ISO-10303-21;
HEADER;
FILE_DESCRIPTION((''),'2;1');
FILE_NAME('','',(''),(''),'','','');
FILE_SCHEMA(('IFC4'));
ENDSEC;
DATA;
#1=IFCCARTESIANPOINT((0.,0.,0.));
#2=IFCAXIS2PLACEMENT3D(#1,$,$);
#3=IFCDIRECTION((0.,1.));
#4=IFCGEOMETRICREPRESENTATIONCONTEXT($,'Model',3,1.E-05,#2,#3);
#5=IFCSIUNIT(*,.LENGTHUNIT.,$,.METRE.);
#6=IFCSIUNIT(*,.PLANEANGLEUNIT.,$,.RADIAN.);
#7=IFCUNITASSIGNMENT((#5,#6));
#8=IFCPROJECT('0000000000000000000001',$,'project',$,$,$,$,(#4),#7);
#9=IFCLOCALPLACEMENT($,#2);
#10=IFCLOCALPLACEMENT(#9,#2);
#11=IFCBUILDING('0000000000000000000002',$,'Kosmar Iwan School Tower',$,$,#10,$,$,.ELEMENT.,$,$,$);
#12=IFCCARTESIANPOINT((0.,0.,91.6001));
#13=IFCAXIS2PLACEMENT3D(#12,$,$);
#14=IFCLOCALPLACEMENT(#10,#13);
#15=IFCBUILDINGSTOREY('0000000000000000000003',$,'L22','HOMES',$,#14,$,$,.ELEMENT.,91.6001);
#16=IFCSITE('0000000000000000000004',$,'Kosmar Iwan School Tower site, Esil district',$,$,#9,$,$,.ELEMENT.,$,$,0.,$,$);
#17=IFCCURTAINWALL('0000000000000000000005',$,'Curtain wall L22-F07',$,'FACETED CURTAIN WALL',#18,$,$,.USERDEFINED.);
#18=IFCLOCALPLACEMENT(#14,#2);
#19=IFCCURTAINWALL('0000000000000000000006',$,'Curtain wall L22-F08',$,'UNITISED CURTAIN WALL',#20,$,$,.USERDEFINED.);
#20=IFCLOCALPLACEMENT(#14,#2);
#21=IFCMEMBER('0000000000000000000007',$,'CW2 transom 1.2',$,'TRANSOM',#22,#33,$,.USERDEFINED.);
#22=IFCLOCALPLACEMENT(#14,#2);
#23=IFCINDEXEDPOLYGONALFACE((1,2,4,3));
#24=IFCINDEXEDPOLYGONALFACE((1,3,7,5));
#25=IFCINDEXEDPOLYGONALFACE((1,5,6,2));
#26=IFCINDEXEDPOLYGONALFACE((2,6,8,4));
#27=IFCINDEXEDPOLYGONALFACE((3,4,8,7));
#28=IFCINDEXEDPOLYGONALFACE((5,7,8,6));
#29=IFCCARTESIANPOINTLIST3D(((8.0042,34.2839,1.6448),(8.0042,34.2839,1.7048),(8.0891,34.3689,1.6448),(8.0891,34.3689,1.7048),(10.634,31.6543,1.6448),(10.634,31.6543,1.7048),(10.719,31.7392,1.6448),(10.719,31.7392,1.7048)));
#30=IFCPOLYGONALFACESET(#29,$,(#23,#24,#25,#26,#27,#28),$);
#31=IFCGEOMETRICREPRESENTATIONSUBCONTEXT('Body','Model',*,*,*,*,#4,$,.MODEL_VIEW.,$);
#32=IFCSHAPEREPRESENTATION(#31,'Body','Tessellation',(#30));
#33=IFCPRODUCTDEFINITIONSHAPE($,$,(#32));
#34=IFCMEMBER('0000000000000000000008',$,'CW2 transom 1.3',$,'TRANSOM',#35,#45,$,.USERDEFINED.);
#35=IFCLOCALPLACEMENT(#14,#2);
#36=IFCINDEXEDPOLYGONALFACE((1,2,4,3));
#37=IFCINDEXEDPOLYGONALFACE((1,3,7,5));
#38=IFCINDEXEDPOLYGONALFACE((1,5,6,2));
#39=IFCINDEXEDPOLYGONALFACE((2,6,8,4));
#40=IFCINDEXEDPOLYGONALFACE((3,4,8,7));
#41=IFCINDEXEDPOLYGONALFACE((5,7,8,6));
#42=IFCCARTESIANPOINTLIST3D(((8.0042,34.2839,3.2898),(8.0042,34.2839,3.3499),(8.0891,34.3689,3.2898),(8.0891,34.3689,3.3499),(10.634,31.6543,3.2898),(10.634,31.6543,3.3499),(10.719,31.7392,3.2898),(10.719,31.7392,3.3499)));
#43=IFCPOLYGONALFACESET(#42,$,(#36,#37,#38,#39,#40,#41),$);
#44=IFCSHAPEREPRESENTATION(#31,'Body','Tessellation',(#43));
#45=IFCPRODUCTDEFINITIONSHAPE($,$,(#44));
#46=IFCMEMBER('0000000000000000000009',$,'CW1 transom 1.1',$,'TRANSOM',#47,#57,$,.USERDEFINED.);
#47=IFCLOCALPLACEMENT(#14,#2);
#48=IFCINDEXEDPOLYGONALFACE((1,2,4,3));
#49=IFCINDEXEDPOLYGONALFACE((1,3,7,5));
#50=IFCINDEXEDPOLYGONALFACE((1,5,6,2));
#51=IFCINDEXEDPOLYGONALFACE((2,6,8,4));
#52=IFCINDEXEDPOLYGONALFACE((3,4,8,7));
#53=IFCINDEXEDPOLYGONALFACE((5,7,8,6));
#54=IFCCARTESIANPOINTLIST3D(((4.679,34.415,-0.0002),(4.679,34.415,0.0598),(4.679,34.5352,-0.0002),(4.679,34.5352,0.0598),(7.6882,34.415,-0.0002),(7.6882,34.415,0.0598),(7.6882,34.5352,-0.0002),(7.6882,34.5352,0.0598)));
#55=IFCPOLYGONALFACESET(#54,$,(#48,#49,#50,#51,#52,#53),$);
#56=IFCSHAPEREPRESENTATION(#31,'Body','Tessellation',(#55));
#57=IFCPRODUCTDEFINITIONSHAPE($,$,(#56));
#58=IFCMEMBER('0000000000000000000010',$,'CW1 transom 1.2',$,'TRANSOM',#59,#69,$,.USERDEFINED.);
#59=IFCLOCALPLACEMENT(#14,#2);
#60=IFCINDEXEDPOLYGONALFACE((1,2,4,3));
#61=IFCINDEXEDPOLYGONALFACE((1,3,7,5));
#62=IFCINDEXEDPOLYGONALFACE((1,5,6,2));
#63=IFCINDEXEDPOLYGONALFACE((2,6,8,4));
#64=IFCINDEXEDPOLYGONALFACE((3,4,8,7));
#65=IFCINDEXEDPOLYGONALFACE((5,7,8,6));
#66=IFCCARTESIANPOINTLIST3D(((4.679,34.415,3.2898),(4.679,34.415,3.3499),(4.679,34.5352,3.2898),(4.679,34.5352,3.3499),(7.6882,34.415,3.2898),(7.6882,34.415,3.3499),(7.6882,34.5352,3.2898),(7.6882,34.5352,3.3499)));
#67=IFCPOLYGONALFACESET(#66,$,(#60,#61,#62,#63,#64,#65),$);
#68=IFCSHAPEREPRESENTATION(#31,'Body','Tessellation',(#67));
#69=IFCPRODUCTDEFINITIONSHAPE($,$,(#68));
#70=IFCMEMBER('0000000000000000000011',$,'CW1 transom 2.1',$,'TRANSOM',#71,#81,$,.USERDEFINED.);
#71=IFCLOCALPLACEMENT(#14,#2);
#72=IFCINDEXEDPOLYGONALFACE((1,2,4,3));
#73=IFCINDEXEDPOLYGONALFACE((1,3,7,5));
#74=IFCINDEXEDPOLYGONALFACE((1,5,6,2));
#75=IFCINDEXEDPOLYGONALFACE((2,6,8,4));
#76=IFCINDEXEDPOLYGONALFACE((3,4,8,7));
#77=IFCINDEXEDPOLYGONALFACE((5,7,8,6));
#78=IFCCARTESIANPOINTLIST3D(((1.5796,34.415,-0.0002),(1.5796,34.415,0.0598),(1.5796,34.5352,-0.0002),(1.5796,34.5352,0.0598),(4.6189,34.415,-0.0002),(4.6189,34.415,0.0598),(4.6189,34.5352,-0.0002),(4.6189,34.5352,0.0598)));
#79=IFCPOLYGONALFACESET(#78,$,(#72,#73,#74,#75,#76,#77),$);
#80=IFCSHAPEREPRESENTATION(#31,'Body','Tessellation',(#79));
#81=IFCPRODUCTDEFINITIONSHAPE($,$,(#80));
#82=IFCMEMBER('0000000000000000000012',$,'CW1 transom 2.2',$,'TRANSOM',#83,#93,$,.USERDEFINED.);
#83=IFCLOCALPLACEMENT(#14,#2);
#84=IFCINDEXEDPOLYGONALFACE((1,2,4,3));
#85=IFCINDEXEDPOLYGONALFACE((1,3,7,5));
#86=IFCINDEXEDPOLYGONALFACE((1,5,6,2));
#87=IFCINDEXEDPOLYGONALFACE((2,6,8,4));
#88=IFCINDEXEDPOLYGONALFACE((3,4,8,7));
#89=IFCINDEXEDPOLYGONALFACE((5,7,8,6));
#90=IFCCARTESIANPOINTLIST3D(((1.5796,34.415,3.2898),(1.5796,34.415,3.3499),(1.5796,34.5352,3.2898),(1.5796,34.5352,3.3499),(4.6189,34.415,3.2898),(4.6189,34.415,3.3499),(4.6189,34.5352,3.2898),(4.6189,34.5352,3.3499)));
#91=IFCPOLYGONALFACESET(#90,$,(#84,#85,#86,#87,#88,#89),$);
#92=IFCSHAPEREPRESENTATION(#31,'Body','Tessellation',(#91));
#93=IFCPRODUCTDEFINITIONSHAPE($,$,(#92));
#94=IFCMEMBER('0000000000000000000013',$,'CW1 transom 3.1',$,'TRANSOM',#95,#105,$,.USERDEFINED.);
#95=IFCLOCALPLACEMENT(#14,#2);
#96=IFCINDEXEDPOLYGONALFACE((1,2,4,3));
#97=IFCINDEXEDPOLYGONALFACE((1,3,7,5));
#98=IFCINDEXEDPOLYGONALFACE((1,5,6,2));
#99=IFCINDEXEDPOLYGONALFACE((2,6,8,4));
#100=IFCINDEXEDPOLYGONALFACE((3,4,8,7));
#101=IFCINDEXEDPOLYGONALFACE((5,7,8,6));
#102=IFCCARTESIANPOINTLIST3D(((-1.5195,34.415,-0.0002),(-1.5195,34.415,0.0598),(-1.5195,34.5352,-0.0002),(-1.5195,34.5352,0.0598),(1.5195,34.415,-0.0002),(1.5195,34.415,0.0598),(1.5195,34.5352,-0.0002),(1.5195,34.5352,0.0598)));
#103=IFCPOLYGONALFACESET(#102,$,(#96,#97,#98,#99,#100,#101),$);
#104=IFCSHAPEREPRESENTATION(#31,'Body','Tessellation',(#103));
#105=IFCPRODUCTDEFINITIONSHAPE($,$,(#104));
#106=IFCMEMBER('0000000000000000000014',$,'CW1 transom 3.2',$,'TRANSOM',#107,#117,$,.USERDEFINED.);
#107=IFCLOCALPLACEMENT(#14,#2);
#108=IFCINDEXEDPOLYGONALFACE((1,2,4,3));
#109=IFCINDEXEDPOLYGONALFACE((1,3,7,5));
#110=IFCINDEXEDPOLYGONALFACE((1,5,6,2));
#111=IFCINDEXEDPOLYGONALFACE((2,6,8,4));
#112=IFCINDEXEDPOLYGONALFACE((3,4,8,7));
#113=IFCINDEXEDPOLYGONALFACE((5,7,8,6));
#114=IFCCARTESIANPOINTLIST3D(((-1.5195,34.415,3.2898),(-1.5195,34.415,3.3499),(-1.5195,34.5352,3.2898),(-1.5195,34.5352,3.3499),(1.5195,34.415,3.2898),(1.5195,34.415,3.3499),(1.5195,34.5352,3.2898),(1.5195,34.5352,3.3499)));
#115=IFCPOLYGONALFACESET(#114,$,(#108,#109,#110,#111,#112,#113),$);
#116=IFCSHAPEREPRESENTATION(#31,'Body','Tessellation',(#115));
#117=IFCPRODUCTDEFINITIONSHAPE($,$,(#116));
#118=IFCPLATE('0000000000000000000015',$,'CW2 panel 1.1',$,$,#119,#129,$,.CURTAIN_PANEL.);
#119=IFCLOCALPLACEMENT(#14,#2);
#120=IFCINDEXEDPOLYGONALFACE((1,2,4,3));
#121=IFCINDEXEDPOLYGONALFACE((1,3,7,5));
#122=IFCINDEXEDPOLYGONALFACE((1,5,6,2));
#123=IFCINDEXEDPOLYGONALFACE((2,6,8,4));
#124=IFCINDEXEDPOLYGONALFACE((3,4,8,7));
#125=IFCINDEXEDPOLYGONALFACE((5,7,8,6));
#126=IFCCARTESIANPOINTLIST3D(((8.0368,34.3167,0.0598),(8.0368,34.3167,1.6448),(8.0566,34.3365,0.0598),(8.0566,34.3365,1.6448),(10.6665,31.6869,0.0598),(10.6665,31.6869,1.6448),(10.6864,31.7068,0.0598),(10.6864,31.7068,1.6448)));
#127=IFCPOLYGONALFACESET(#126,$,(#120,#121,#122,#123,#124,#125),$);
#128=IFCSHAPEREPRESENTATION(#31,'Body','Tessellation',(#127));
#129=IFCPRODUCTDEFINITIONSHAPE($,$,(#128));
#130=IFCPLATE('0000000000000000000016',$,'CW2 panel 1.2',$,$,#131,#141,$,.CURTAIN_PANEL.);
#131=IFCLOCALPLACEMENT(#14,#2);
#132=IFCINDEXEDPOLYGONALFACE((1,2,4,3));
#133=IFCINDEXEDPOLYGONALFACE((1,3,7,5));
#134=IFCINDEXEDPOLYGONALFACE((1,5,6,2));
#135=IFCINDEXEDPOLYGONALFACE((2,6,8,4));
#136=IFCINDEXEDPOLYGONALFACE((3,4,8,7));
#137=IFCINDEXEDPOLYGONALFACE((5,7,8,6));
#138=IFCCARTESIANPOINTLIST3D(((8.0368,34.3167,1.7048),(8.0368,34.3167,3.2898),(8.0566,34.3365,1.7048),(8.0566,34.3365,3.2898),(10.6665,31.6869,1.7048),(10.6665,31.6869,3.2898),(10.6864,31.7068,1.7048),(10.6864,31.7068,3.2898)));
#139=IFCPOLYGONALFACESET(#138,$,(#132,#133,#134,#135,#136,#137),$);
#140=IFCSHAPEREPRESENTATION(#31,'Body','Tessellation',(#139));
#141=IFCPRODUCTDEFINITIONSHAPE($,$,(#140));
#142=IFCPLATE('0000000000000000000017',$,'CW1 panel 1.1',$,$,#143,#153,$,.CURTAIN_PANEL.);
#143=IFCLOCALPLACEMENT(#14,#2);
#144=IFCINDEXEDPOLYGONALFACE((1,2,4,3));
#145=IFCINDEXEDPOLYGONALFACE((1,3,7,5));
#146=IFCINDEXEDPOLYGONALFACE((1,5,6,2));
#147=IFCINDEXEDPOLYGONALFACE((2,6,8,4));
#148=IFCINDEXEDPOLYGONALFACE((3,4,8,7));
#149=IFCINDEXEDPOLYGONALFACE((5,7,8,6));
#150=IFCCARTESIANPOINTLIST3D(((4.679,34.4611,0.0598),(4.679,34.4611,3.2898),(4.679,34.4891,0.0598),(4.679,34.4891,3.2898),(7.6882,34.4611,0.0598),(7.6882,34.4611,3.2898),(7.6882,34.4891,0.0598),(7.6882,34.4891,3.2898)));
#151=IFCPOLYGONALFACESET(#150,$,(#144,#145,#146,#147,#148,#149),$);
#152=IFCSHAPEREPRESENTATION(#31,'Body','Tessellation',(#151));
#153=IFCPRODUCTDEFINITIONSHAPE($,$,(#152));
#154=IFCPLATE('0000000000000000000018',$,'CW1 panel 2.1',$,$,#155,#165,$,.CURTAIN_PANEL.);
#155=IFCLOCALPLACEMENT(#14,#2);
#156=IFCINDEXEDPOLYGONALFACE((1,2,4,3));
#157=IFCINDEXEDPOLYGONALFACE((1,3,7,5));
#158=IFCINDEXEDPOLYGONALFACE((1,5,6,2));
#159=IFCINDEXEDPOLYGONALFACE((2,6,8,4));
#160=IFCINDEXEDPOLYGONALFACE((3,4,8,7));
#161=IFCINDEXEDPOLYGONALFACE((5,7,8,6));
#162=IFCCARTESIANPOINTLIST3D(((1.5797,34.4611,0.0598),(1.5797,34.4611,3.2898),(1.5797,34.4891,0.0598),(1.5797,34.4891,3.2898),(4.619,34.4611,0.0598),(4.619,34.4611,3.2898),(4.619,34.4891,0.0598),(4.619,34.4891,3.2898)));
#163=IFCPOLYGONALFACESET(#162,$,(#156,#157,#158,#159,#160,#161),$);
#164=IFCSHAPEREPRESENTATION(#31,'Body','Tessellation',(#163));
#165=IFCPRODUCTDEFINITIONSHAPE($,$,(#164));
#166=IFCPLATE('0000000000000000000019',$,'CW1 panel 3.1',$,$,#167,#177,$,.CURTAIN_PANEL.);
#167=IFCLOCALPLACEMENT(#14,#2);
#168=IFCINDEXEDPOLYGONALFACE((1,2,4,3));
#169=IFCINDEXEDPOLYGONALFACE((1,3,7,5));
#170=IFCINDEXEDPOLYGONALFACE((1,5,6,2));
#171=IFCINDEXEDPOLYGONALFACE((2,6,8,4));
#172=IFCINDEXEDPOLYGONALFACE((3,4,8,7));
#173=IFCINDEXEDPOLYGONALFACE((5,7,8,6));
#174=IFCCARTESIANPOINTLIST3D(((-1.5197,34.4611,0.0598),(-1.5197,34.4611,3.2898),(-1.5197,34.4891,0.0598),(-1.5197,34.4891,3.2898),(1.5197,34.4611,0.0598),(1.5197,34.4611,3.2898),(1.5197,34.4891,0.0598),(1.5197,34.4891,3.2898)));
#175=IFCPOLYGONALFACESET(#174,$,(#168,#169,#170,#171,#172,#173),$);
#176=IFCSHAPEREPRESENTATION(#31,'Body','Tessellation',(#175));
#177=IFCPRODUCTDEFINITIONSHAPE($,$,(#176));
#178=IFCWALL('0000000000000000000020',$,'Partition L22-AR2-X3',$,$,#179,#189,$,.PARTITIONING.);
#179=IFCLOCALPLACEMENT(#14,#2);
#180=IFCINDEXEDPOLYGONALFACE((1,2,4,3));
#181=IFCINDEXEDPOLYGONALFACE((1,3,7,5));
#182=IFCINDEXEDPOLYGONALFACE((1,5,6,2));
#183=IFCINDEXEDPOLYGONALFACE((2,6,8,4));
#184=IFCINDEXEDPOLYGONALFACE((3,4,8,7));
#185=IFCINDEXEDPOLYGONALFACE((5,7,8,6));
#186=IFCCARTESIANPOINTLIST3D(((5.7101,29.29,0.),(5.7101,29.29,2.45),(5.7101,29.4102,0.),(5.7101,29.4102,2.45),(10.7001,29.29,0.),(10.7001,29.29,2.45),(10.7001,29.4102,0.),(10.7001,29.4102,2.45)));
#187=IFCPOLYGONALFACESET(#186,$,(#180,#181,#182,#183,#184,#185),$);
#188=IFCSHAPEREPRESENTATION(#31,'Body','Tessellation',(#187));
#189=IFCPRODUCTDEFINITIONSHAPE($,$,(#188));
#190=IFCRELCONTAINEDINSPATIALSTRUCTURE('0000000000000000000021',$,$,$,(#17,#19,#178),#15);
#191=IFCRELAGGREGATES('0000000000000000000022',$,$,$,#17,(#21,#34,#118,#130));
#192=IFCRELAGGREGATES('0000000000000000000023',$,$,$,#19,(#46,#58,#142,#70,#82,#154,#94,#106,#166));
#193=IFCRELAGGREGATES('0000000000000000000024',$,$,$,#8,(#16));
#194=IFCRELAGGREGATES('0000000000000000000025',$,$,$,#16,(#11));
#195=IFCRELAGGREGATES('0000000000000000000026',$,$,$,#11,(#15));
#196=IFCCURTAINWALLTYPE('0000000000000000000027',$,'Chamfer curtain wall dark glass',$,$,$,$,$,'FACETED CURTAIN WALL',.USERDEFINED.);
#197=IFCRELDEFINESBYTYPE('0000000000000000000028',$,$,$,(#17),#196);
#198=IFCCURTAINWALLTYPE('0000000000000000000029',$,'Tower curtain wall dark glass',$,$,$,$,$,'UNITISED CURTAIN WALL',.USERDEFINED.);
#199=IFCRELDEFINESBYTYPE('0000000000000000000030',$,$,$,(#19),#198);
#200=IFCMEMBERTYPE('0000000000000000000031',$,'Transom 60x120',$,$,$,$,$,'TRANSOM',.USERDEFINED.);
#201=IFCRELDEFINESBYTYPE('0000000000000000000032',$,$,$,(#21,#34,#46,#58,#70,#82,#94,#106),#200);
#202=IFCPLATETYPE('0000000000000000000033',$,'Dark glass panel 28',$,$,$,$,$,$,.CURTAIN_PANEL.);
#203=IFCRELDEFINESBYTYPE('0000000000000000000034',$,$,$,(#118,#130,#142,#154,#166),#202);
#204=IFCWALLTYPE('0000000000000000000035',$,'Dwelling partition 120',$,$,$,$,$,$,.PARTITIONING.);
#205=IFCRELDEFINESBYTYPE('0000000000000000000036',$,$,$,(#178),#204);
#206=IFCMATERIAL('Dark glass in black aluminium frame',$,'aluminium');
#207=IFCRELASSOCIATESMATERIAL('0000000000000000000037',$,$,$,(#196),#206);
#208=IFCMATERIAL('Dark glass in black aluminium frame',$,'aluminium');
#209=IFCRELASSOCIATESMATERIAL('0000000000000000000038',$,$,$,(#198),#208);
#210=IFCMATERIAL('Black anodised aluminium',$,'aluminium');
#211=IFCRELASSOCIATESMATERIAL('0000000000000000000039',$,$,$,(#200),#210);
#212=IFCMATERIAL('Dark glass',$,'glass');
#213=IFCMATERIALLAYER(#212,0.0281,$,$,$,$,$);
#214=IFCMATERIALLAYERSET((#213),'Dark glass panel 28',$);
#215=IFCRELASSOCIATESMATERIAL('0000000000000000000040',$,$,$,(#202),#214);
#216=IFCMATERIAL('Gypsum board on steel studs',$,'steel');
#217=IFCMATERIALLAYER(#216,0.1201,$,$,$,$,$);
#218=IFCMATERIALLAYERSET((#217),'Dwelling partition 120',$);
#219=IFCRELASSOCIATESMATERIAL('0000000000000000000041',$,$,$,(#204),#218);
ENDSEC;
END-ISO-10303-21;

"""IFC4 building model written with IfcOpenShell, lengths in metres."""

from ifc_helpers import new_model, si_unit, direction, frame, frame_2d, origin, origin_2d, place, context, subcontext, project, spatial, rectangle, extrude, material, layer, layer_set, material_profile, profile_set, type_object, element, aggregate, save


model = new_model("IFC4")

# Units and contexts
model_context = context("Model", 3, precision=1e-05, world=origin(), true_north=direction((0.0, 1.0)))
body_context = subcontext(model_context, "Body", "Model", "MODEL_VIEW")
ifc_project = project(units=[si_unit("LENGTHUNIT", "METRE"), si_unit("PLANEANGLEUNIT", "RADIAN")], contexts=[model_context])

# Site, building, storey
site_placement = place(None, origin())
site = spatial("IfcSite", under=ifc_project, at=site_placement, Name="Kosmar Iwan School Tower site, Esil district", CompositionType="ELEMENT", RefElevation=0.0)
building_placement = place(site_placement, origin())
building = spatial("IfcBuilding", under=site, at=building_placement, Name="Kosmar Iwan School Tower", CompositionType="ELEMENT")
storey_placement = place(building_placement, frame((0.0, 0.0, 91.6001)))
storey = spatial("IfcBuildingStorey", under=building, at=storey_placement, Name="L22", Description="HOMES", CompositionType="ELEMENT", Elevation=91.6001)

# Curtain walls
ifc_material_1 = material(Name="Dark glass in black aluminium frame", Category="aluminium")
curtain_wall_type_1 = type_object("IfcCurtainWallType", Name="Chamfer curtain wall dark glass", ElementType="FACETED CURTAIN WALL", PredefinedType="USERDEFINED", material=ifc_material_1)
curtain_wall_1_placement = place(storey_placement, origin())
curtain_wall_1 = element("IfcCurtainWall", 1, at=curtain_wall_1_placement, inside=storey, type_object=curtain_wall_type_1, Name="Curtain wall L22-F07", ObjectType="FACETED CURTAIN WALL", PredefinedType="USERDEFINED")
ifc_material_2 = material(Name="Dark glass in black aluminium frame", Category="aluminium")
curtain_wall_type_2 = type_object("IfcCurtainWallType", Name="Tower curtain wall dark glass", ElementType="UNITISED CURTAIN WALL", PredefinedType="USERDEFINED", material=ifc_material_2)
curtain_wall_2_placement = place(storey_placement, origin())
curtain_wall_2 = element("IfcCurtainWall", 2, at=curtain_wall_2_placement, inside=storey, type_object=curtain_wall_type_2, Name="Curtain wall L22-F08", ObjectType="UNITISED CURTAIN WALL", PredefinedType="USERDEFINED")

# Members
ifc_material_3 = material(Name="Black anodised aluminium", Category="aluminium")
ifc_material_profile_1 = material_profile(ifc_material_3, rectangle(XDim=0.1201, YDim=0.0601, at=origin_2d()), Name="TRANSOM 60x120")
ifc_profile_set_1 = profile_set([ifc_material_profile_1], Name="Black anodised aluminium")
member_type_1 = type_object("IfcMemberType", Name="Transom 60x120", ElementType="TRANSOM", PredefinedType="USERDEFINED", material=ifc_profile_set_1)
member_1_placement = place(storey_placement, frame((10.6765, 31.6968, 1.6748), z_axis=(-0.70714, 0.707074, 0.0), x_axis=(-0.707074, -0.70714, 0.0)))
member_1 = element("IfcMember", 3, at=member_1_placement, type_object=member_type_1, Name="CW2 transom 1.2", ObjectType="TRANSOM", PredefinedType="USERDEFINED", context=body_context, shape_type="SweptSolid", body=[
    extrude(rectangle(XDim=0.1201, YDim=0.0601, at=origin_2d()), origin(), (0.0, 0.0, 1.0), 3.719),
])
member_2_placement = place(storey_placement, frame((10.6765, 31.6968, 3.3198), z_axis=(-0.70714, 0.707074, 0.0), x_axis=(-0.707074, -0.70714, 0.0)))
member_2 = element("IfcMember", 4, at=member_2_placement, type_object=member_type_1, Name="CW2 transom 1.3", ObjectType="TRANSOM", PredefinedType="USERDEFINED", context=body_context, shape_type="SweptSolid", body=[
    extrude(rectangle(XDim=0.1201, YDim=0.0601, at=origin_2d()), origin(), (0.0, 0.0, 1.0), 3.719),
])
member_3_placement = place(storey_placement, frame((7.6882, 34.4751, 0.0298), z_axis=(-1.0, 0.0, 0.0), x_axis=(0.0, -1.0, 0.0)))
member_3 = element("IfcMember", 5, at=member_3_placement, type_object=member_type_1, Name="CW1 transom 1.1", ObjectType="TRANSOM", PredefinedType="USERDEFINED", context=body_context, shape_type="SweptSolid", body=[
    extrude(rectangle(XDim=0.1201, YDim=0.0601, at=origin_2d()), origin(), (0.0, 0.0, 1.0), 3.0093),
])
member_4_placement = place(storey_placement, frame((7.6882, 34.4751, 3.3198), z_axis=(-1.0, 0.0, 0.0), x_axis=(0.0, -1.0, 0.0)))
member_4 = element("IfcMember", 6, at=member_4_placement, type_object=member_type_1, Name="CW1 transom 1.2", ObjectType="TRANSOM", PredefinedType="USERDEFINED", context=body_context, shape_type="SweptSolid", body=[
    extrude(rectangle(XDim=0.1201, YDim=0.0601, at=origin_2d()), origin(), (0.0, 0.0, 1.0), 3.0093),
])
member_5_placement = place(storey_placement, frame((4.6189, 34.4751, 0.0298), z_axis=(-1.0, 0.0, 0.0), x_axis=(0.0, -1.0, 0.0)))
member_5 = element("IfcMember", 7, at=member_5_placement, type_object=member_type_1, Name="CW1 transom 2.1", ObjectType="TRANSOM", PredefinedType="USERDEFINED", context=body_context, shape_type="SweptSolid", body=[
    extrude(rectangle(XDim=0.1201, YDim=0.0601, at=origin_2d()), origin(), (0.0, 0.0, 1.0), 3.0393),
])
member_6_placement = place(storey_placement, frame((4.6189, 34.4751, 3.3198), z_axis=(-1.0, 0.0, 0.0), x_axis=(0.0, -1.0, 0.0)))
member_6 = element("IfcMember", 8, at=member_6_placement, type_object=member_type_1, Name="CW1 transom 2.2", ObjectType="TRANSOM", PredefinedType="USERDEFINED", context=body_context, shape_type="SweptSolid", body=[
    extrude(rectangle(XDim=0.1201, YDim=0.0601, at=origin_2d()), origin(), (0.0, 0.0, 1.0), 3.0393),
])
member_7_placement = place(storey_placement, frame((1.5195, 34.4751, 0.0298), z_axis=(-1.0, 0.0, 0.0), x_axis=(0.0, -1.0, 0.0)))
member_7 = element("IfcMember", 9, at=member_7_placement, type_object=member_type_1, Name="CW1 transom 3.1", ObjectType="TRANSOM", PredefinedType="USERDEFINED", context=body_context, shape_type="SweptSolid", body=[
    extrude(rectangle(XDim=0.1201, YDim=0.0601, at=origin_2d()), origin(), (0.0, 0.0, 1.0), 3.0391),
])
member_8_placement = place(storey_placement, frame((1.5195, 34.4751, 3.3198), z_axis=(-1.0, 0.0, 0.0), x_axis=(0.0, -1.0, 0.0)))
member_8 = element("IfcMember", 10, at=member_8_placement, type_object=member_type_1, Name="CW1 transom 3.2", ObjectType="TRANSOM", PredefinedType="USERDEFINED", context=body_context, shape_type="SweptSolid", body=[
    extrude(rectangle(XDim=0.1201, YDim=0.0601, at=origin_2d()), origin(), (0.0, 0.0, 1.0), 3.0391),
])

# Plates
ifc_material_4 = material(Name="Dark glass", Category="glass")
ifc_layer_1 = layer(ifc_material_4, 0.0281)
ifc_layer_set_1 = layer_set([ifc_layer_1], Name="Dark glass panel 28")
plate_type = type_object("IfcPlateType", Name="Dark glass panel 28", PredefinedType="CURTAIN_PANEL", material=ifc_layer_set_1)
plate_1_placement = place(storey_placement, frame((9.3616, 33.0117, 0.0598), z_axis=(0.0, 0.0, 1.0), x_axis=(-0.707107, 0.707107, 0.0)))
plate_1 = element("IfcPlate", 11, at=plate_1_placement, type_object=plate_type, Name="CW2 panel 1.1", PredefinedType="CURTAIN_PANEL", context=body_context, shape_type="SweptSolid", body=[
    extrude(rectangle(XDim=3.719, YDim=0.0281, at=origin_2d()), origin(), (0.0, 0.0, 1.0), 1.585),
])
plate_2_placement = place(storey_placement, frame((9.3616, 33.0117, 1.7048), z_axis=(0.0, 0.0, 1.0), x_axis=(-0.707107, 0.707107, 0.0)))
plate_2 = element("IfcPlate", 12, at=plate_2_placement, type_object=plate_type, Name="CW2 panel 1.2", PredefinedType="CURTAIN_PANEL", context=body_context, shape_type="SweptSolid", body=[
    extrude(rectangle(XDim=3.719, YDim=0.0281, at=origin_2d()), origin(), (0.0, 0.0, 1.0), 1.585),
])
aggregate(curtain_wall_1, [member_1, member_2, plate_1, plate_2])
plate_3_placement = place(storey_placement, frame((6.1836, 34.4751, 0.0598), z_axis=(0.0, 0.0, 1.0), x_axis=(-1.0, 0.0, 0.0)))
plate_3 = element("IfcPlate", 13, at=plate_3_placement, type_object=plate_type, Name="CW1 panel 1.1", PredefinedType="CURTAIN_PANEL", context=body_context, shape_type="SweptSolid", body=[
    extrude(rectangle(XDim=3.0093, YDim=0.0281, at=origin_2d()), origin(), (0.0, 0.0, 1.0), 3.23),
])
plate_4_placement = place(storey_placement, frame((3.0994, 34.4751, 0.0598), z_axis=(0.0, 0.0, 1.0), x_axis=(-1.0, 0.0, 0.0)))
plate_4 = element("IfcPlate", 14, at=plate_4_placement, type_object=plate_type, Name="CW1 panel 2.1", PredefinedType="CURTAIN_PANEL", context=body_context, shape_type="SweptSolid", body=[
    extrude(rectangle(XDim=3.0393, YDim=0.0281, at=origin_2d()), origin(), (0.0, 0.0, 1.0), 3.23),
])
plate_5_placement = place(storey_placement, frame((0.0, 34.4751, 0.0598), z_axis=(0.0, 0.0, 1.0), x_axis=(-1.0, 0.0, 0.0)))
plate_5 = element("IfcPlate", 15, at=plate_5_placement, type_object=plate_type, Name="CW1 panel 3.1", PredefinedType="CURTAIN_PANEL", context=body_context, shape_type="SweptSolid", body=[
    extrude(rectangle(XDim=3.0393, YDim=0.0281, at=origin_2d()), origin(), (0.0, 0.0, 1.0), 3.23),
])
aggregate(curtain_wall_2, [member_3, member_4, plate_3, member_5, member_6, plate_4, member_7, member_8, plate_5])

# Wall
ifc_material_5 = material(Name="Gypsum board on steel studs", Category="steel")
ifc_layer_2 = layer(ifc_material_5, 0.1201)
ifc_layer_set_2 = layer_set([ifc_layer_2], Name="Dwelling partition 120")
wall_type = type_object("IfcWallType", Name="Dwelling partition 120", PredefinedType="PARTITIONING", material=ifc_layer_set_2)
wall_placement = place(storey_placement, frame((5.71, 29.3501, 0.0), z_axis=(0.0, 0.0, 1.0), x_axis=(1.0, 0.0, 0.0)))
element("IfcWall", 16, at=wall_placement, inside=storey, type_object=wall_type, Name="Partition L22-AR2-X3", PredefinedType="PARTITIONING", context=body_context, shape_type="SweptSolid", body=[
    extrude(rectangle(XDim=4.99, YDim=0.1201, at=frame_2d((2.4951, 0.0))), origin(), (0.0, 0.0, 1.0), 2.45),
])

save(model, "model.ifc")
